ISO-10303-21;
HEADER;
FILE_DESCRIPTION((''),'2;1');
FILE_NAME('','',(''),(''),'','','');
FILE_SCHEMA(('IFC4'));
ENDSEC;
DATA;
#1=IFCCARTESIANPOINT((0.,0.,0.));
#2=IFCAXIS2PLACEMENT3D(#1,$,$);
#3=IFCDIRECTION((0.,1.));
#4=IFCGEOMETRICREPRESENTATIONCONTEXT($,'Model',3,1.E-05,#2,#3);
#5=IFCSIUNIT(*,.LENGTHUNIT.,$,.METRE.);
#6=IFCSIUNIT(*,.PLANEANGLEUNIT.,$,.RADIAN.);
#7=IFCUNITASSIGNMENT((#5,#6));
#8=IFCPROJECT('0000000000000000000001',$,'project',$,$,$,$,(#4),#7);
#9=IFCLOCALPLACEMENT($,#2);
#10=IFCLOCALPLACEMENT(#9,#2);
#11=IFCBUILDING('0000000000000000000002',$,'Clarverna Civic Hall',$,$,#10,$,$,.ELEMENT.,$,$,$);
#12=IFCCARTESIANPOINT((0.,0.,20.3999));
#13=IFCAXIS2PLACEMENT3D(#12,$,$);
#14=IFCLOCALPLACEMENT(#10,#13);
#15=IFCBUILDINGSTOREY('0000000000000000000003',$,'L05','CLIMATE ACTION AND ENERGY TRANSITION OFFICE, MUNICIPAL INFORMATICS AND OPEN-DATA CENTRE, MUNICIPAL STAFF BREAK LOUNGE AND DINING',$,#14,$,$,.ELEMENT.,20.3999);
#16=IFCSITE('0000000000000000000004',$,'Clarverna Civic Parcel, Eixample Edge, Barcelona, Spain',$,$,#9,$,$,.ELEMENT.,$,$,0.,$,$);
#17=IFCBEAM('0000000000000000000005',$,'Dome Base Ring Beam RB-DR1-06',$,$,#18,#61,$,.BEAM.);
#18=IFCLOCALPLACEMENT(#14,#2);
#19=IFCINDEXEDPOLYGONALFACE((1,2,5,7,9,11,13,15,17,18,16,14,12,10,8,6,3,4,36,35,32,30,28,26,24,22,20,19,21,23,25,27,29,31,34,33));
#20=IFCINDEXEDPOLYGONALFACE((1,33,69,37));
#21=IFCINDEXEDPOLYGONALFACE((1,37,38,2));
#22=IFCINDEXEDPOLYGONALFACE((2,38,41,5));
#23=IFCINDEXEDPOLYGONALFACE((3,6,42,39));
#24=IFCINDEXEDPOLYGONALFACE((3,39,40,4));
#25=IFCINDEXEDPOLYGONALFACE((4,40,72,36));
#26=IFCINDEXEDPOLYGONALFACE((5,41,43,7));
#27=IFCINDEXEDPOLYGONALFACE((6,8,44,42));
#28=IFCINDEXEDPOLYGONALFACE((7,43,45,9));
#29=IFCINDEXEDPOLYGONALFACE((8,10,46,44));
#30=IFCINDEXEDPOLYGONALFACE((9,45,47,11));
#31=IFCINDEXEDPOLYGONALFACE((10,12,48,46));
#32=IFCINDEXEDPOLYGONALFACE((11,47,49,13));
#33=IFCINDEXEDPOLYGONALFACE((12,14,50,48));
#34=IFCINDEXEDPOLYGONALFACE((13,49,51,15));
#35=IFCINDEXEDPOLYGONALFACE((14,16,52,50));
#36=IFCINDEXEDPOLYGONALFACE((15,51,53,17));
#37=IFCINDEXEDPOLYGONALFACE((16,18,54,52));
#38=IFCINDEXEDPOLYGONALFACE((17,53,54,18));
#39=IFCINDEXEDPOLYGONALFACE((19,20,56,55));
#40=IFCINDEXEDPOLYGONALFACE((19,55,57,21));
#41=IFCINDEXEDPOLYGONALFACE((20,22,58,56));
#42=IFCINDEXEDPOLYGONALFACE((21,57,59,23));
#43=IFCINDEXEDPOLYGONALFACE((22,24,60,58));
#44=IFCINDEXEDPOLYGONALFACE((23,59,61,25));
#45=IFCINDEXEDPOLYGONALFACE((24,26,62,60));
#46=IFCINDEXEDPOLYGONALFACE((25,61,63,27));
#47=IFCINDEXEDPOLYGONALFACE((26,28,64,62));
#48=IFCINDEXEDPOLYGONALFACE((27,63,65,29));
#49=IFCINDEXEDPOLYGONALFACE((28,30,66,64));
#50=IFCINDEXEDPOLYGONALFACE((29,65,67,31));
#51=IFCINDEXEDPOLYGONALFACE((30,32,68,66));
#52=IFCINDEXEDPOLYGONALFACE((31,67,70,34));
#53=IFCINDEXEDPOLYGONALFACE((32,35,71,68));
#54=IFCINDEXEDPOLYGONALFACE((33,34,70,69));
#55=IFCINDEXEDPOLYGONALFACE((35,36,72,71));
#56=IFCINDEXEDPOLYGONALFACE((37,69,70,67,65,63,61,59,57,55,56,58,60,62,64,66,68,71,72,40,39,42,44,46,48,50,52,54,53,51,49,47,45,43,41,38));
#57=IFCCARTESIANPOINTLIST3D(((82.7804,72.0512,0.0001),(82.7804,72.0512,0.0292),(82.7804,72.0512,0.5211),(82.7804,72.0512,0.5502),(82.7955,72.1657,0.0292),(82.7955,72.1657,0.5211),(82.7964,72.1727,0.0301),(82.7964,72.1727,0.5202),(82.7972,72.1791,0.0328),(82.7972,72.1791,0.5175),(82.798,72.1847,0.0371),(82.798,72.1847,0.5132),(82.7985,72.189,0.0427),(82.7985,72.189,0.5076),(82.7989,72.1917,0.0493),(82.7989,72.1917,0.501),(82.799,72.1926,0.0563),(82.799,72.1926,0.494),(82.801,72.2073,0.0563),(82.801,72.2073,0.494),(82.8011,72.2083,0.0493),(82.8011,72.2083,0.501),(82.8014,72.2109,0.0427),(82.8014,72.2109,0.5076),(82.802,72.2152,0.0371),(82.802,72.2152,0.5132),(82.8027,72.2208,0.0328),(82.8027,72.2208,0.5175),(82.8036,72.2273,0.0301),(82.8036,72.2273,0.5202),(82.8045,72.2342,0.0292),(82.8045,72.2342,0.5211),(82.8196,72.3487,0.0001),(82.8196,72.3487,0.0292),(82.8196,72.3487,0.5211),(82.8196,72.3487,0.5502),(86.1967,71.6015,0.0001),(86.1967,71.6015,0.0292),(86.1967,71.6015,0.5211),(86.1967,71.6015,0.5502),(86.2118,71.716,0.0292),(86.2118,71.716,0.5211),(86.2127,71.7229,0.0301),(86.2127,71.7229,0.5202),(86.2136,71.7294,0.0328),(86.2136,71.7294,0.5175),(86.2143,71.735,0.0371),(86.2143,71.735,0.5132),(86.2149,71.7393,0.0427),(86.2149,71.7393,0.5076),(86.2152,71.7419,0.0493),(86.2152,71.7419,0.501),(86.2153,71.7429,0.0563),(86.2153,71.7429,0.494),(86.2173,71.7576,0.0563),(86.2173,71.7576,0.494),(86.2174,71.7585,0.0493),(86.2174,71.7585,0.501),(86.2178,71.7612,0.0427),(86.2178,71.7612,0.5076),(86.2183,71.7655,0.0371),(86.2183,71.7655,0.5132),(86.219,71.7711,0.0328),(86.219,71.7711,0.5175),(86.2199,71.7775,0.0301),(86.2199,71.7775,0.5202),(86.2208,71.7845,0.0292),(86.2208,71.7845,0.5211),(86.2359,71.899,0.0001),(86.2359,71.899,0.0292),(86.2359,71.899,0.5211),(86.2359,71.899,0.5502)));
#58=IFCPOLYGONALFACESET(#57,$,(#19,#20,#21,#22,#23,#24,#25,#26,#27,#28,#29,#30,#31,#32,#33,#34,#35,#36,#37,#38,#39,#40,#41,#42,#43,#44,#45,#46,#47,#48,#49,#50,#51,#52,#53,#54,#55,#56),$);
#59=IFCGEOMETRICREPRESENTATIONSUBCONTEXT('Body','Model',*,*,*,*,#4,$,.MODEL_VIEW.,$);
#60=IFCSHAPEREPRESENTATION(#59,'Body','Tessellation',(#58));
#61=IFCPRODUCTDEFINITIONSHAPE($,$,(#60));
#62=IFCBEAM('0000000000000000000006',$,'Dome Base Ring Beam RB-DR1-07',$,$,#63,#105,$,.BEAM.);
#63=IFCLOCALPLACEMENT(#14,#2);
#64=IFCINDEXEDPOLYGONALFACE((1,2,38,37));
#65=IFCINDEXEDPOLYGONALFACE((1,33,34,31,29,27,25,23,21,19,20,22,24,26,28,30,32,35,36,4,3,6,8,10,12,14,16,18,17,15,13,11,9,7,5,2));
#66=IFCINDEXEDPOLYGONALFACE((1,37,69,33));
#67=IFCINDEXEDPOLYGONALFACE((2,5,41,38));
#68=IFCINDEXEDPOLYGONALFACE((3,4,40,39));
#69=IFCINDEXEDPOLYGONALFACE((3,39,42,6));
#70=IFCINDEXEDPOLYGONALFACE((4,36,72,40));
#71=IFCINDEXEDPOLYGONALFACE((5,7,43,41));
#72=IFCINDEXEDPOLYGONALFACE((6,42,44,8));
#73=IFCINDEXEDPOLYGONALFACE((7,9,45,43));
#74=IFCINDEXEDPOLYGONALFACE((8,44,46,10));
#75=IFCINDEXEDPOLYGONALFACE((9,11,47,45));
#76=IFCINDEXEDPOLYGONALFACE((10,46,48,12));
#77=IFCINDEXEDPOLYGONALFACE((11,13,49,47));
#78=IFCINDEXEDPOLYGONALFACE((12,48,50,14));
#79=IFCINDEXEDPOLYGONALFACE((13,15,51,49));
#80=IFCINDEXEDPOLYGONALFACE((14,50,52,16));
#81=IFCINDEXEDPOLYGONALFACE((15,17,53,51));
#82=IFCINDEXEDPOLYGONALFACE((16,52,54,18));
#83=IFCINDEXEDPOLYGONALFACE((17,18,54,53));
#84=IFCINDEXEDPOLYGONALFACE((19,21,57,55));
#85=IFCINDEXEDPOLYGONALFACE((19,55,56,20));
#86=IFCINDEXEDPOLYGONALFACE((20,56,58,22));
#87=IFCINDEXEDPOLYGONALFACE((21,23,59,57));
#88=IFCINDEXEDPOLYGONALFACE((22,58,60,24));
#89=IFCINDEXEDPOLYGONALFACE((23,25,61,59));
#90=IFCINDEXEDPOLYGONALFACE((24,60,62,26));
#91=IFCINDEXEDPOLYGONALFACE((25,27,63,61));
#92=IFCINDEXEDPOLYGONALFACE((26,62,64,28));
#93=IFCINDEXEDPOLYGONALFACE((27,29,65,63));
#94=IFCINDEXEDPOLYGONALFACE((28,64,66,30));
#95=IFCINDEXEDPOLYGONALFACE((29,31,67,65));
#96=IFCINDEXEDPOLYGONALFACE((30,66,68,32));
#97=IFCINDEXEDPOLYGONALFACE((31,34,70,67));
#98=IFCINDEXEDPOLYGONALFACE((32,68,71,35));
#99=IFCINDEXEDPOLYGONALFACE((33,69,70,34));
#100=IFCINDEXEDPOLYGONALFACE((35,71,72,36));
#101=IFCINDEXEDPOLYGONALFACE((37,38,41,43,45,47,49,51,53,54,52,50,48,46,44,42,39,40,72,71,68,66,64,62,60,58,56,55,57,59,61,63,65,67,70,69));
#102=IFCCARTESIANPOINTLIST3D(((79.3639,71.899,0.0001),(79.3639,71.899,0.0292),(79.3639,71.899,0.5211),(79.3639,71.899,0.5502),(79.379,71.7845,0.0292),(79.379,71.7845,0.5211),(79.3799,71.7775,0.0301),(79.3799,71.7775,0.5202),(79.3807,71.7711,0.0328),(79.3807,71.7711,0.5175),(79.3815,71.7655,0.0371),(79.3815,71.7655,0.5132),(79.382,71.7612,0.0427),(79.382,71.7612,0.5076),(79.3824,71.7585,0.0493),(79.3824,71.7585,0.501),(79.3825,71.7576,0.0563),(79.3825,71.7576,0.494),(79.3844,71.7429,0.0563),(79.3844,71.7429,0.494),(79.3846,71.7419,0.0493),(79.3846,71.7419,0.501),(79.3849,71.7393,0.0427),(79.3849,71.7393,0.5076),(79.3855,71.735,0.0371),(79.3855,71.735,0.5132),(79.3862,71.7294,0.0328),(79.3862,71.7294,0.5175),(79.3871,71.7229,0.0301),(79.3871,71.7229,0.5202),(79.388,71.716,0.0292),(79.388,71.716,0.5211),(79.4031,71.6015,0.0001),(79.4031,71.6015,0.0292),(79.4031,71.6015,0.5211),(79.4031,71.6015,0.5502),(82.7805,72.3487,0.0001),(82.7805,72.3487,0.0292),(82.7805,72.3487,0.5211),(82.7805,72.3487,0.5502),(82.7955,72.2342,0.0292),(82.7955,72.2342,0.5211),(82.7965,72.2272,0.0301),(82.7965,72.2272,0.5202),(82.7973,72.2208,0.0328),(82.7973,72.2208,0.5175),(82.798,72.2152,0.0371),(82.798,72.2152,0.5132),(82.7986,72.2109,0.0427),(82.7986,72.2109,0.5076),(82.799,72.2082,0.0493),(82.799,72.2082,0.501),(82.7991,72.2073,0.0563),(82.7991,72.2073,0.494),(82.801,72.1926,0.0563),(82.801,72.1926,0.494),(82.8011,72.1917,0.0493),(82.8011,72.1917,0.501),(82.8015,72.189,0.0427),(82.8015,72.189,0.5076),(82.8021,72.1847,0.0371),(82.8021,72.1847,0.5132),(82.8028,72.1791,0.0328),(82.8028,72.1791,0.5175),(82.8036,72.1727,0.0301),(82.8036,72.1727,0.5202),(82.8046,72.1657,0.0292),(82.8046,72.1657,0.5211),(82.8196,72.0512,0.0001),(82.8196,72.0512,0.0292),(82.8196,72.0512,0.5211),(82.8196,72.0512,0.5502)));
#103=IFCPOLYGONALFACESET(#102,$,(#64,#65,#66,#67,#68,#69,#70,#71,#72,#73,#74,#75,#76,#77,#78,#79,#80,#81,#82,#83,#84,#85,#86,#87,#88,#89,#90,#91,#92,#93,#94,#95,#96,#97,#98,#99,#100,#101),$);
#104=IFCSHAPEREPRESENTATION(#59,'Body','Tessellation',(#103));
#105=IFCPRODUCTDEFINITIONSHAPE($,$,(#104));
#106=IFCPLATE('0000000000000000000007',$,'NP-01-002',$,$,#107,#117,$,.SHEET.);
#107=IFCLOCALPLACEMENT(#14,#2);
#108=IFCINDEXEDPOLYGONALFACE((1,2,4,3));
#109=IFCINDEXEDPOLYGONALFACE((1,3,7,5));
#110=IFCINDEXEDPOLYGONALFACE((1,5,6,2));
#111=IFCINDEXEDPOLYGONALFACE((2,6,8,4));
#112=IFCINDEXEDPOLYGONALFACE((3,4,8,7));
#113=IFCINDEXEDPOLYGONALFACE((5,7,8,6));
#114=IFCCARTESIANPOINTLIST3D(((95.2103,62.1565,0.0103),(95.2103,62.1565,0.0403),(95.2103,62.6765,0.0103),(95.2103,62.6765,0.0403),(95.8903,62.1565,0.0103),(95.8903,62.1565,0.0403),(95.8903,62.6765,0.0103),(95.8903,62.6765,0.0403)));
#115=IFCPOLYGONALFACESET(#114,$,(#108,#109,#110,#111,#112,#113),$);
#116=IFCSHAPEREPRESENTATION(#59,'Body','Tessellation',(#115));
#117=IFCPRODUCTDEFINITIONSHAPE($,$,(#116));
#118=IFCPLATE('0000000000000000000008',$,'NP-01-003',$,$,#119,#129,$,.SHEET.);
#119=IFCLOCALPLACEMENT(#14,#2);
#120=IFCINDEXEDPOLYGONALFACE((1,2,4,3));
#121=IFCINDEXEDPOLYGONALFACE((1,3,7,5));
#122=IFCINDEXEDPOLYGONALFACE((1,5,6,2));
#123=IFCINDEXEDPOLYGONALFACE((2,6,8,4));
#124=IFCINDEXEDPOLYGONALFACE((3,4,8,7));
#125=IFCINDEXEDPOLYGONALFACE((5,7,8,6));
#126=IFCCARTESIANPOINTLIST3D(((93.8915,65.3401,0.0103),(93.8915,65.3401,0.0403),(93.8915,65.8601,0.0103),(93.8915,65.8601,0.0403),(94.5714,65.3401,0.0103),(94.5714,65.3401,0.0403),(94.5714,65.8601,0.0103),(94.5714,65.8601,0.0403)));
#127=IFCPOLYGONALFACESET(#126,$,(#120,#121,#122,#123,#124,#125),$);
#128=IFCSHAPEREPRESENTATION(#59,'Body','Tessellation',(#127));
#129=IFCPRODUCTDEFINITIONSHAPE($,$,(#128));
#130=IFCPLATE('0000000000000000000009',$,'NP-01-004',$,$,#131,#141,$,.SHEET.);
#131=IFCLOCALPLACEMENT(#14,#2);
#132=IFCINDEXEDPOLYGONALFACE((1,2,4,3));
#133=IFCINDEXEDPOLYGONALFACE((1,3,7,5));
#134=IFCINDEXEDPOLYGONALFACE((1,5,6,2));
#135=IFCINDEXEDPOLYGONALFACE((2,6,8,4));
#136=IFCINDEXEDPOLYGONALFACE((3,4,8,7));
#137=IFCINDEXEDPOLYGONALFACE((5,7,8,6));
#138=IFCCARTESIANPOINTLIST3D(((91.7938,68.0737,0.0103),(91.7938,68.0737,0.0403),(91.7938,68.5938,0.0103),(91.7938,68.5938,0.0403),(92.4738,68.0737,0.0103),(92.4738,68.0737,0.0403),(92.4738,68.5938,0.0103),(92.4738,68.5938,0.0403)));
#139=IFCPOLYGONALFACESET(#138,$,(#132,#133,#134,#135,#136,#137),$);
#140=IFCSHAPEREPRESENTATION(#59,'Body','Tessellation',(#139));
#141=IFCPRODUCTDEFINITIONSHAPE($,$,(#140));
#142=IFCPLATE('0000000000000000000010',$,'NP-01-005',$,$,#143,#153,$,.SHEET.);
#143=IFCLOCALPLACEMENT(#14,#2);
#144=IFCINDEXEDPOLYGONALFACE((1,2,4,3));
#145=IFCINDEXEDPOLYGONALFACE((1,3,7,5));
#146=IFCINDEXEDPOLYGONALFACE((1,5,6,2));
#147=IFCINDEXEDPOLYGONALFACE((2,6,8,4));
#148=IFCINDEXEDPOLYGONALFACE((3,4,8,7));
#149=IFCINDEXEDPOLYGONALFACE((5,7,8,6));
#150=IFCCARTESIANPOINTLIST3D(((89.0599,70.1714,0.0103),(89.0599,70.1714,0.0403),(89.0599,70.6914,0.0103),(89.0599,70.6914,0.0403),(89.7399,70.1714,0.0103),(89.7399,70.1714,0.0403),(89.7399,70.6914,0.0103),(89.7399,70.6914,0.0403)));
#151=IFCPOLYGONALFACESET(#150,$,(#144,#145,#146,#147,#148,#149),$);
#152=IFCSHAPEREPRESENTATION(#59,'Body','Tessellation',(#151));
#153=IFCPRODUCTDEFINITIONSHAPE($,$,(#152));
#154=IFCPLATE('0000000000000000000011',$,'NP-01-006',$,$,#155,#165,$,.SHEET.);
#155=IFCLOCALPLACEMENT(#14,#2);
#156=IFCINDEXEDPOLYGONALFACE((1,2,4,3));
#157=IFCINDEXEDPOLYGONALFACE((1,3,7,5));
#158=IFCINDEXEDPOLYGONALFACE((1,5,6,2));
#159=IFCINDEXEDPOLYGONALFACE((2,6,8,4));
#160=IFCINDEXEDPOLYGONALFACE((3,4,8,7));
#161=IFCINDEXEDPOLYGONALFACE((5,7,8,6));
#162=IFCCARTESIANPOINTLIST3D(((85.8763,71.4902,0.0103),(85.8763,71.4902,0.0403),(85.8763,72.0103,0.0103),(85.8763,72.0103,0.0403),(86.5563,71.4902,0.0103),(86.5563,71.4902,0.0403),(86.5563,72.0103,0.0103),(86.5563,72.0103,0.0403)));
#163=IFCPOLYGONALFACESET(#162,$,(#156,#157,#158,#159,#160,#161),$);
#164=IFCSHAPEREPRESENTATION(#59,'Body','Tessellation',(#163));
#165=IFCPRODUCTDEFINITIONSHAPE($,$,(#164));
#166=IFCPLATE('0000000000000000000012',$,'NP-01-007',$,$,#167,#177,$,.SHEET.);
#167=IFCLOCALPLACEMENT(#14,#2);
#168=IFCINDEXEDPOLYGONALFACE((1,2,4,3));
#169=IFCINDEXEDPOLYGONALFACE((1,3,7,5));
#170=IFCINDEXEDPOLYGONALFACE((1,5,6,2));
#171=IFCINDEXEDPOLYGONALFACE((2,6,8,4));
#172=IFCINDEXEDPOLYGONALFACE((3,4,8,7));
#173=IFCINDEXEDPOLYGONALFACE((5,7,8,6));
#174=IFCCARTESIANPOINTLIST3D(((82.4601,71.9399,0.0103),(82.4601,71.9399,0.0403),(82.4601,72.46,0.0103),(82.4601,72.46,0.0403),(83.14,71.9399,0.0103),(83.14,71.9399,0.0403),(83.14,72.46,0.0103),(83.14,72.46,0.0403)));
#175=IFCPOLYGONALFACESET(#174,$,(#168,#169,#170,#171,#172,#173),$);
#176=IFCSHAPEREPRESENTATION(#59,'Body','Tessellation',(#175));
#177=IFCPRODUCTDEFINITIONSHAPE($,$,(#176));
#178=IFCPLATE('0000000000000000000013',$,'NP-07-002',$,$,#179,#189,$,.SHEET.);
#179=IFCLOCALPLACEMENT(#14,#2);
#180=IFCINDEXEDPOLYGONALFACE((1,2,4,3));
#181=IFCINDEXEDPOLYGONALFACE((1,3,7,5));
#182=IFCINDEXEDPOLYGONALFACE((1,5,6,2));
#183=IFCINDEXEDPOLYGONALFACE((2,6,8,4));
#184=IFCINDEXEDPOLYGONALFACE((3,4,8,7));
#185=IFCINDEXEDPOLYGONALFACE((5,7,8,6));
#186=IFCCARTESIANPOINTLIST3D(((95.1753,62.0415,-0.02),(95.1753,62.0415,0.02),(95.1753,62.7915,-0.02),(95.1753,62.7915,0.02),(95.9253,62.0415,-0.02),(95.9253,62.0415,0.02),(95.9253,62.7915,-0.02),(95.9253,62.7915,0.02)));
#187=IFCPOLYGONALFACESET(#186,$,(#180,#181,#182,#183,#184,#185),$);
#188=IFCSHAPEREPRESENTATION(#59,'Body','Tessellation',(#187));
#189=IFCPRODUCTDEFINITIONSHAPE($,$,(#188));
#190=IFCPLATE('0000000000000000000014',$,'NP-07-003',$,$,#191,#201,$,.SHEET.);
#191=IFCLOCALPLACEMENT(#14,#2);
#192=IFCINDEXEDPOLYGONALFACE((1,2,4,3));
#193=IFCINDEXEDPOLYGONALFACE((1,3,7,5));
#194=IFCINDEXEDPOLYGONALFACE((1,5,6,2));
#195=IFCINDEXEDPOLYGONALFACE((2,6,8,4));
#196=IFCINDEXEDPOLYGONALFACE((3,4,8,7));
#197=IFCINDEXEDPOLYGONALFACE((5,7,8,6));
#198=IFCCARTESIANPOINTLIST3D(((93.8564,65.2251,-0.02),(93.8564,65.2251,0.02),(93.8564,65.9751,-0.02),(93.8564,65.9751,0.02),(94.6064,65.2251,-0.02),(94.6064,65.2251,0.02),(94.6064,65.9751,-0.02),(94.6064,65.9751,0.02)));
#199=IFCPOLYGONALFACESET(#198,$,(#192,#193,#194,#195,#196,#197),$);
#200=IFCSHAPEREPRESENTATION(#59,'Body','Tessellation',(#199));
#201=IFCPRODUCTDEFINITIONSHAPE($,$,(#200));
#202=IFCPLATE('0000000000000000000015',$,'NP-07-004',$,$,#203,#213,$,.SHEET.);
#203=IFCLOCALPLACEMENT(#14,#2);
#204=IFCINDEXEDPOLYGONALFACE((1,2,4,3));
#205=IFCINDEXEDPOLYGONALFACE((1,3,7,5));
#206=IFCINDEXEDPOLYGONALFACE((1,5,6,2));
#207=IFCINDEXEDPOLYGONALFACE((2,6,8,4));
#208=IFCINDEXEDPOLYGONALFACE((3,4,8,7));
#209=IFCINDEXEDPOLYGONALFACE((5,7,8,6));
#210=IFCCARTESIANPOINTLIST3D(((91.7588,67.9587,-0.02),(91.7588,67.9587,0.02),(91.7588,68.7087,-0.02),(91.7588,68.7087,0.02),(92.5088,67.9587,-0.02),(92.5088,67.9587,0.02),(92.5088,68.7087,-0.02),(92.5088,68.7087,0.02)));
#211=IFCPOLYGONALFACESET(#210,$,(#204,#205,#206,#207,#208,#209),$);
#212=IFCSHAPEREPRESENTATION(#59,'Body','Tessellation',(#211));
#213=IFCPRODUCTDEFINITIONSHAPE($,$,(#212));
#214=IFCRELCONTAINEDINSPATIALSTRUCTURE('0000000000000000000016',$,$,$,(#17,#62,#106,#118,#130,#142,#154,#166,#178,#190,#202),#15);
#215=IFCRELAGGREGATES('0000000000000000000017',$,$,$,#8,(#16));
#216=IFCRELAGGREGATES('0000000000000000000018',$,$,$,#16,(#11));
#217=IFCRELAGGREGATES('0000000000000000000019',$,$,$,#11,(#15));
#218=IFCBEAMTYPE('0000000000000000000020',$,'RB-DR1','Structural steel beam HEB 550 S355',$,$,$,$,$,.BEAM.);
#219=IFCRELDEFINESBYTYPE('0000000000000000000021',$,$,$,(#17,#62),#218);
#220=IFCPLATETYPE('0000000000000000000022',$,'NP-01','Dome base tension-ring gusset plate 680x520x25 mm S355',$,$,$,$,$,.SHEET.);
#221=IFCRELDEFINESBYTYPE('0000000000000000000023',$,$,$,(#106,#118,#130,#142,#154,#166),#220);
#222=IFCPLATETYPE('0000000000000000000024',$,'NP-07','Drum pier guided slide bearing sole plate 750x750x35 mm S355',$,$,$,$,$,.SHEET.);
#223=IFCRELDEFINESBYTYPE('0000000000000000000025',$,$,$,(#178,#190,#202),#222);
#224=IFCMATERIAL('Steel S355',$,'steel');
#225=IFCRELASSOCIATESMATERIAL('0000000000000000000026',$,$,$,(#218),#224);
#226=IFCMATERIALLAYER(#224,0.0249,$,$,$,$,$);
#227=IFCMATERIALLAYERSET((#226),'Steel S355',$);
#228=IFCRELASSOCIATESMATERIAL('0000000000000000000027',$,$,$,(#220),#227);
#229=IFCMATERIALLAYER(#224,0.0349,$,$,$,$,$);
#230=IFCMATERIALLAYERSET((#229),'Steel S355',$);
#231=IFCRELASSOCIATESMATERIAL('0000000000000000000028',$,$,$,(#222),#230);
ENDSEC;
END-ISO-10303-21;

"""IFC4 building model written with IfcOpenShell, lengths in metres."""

from ifc_helpers import new_model, si_unit, direction, frame, origin, origin_2d, place, context, subcontext, project, spatial, rectangle, i_section, extrude, material, layer, layer_set, material_profile, profile_set, type_object, element, save


model = new_model("IFC4")

# Units and contexts
model_context = context("Model", 3, precision=1e-05, world=origin(), true_north=direction((0.0, 1.0)))
body_context = subcontext(model_context, "Body", "Model", "MODEL_VIEW")
ifc_project = project(units=[si_unit("LENGTHUNIT", "METRE"), si_unit("PLANEANGLEUNIT", "RADIAN")], contexts=[model_context])

# Site, building, storey
site_placement = place(None, origin())
site = spatial("IfcSite", under=ifc_project, at=site_placement, Name="Clarverna Civic Parcel, Eixample Edge, Barcelona, Spain", CompositionType="ELEMENT", RefElevation=0.0)
building_placement = place(site_placement, origin())
building = spatial("IfcBuilding", under=site, at=building_placement, Name="Clarverna Civic Hall", CompositionType="ELEMENT")
storey_placement = place(building_placement, frame((0.0, 0.0, 20.3999)))
storey = spatial("IfcBuildingStorey", under=building, at=storey_placement, Name="L05", Description="CLIMATE ACTION AND ENERGY TRANSITION OFFICE, MUNICIPAL INFORMATICS AND OPEN-DATA CENTRE, MUNICIPAL STAFF BREAK LOUNGE AND DINING", CompositionType="ELEMENT", Elevation=20.3999)

# Beams
ifc_material_1 = material(Name="Steel S355", Category="steel")
ifc_material_profile = material_profile(ifc_material_1, i_section(OverallWidth=0.3, OverallDepth=0.55, WebThickness=0.0149, FlangeThickness=0.0291, FilletRadius=0.0271, at=origin_2d()), Name="HEB 550")
ifc_profile_set = profile_set([ifc_material_profile], Name="Steel S355")
beam_type = type_object("IfcBeamType", Name="RB-DR1", Description="Structural steel beam HEB 550 S355", PredefinedType="BEAM", material=ifc_profile_set)
beam_1_placement = place(storey_placement, frame((86.2163, 71.7502, 0.2751), z_axis=(-0.991447, 0.130511, 0.0), x_axis=(-0.130511, -0.991447, 0.0)))
element("IfcBeam", 1, at=beam_1_placement, inside=storey, type_object=beam_type, Name="Dome Base Ring Beam RB-DR1-06", PredefinedType="BEAM", context=body_context, shape_type="SweptSolid", body=[
    extrude(i_section(OverallWidth=0.3, OverallDepth=0.55, WebThickness=0.0149, FlangeThickness=0.0291, FilletRadius=0.0271, at=origin_2d()), origin(), (0.0, 0.0, 1.0), 3.4458),
])
beam_2_placement = place(storey_placement, frame((82.8, 72.2, 0.2751), z_axis=(-0.991448, -0.130502, 0.0), x_axis=(0.130502, -0.991448, 0.0)))
element("IfcBeam", 2, at=beam_2_placement, inside=storey, type_object=beam_type, Name="Dome Base Ring Beam RB-DR1-07", PredefinedType="BEAM", context=body_context, shape_type="SweptSolid", body=[
    extrude(i_section(OverallWidth=0.3, OverallDepth=0.55, WebThickness=0.0149, FlangeThickness=0.0291, FilletRadius=0.0271, at=origin_2d()), origin(), (0.0, 0.0, 1.0), 3.446),
])

# Plates
ifc_layer_1 = layer(ifc_material_1, 0.0249)
ifc_layer_set_1 = layer_set([ifc_layer_1], Name="Steel S355")
plate_type_1 = type_object("IfcPlateType", Name="NP-01", Description="Dome base tension-ring gusset plate 680x520x25 mm S355", PredefinedType="SHEET", material=ifc_layer_set_1)
for number, where, z_axis, x_axis, name in (
    (3, (95.5503, 62.4165, 0.0103), (0.0, 0.0, 1.0), (1.0, 0.0, 0.0), "NP-01-002"),
    (4, (94.2314, 65.6001, 0.0103), (0.0, 0.0, 1.0), (1.0, 0.0, 0.0), "NP-01-003"),
    (5, (92.1338, 68.3337, 0.0103), (0.0, 0.0, 1.0), (1.0, 0.0, 0.0), "NP-01-004"),
    (6, (89.3999, 70.4314, 0.0103), (0.0, 0.0, 1.0), (1.0, 0.0, 0.0), "NP-01-005"),
    (7, (86.2163, 71.7502, 0.0103), (0.0, 0.0, 1.0), (1.0, 0.0, 0.0), "NP-01-006"),
    (8, (82.8, 72.2, 0.0103), (0.0, 0.0, 1.0), (1.0, 0.0, 0.0), "NP-01-007"),
):
    element("IfcPlate", number, at=place(storey_placement, frame(where, z_axis=z_axis, x_axis=x_axis)), inside=storey, type_object=plate_type_1, Name=name, PredefinedType="SHEET", context=body_context, shape_type="SweptSolid", body=[
        extrude(rectangle(XDim=0.6799, YDim=0.52, at=origin_2d()), origin(), (0.0, 0.0, 1.0), 0.03),
    ])
ifc_layer_2 = layer(ifc_material_1, 0.0349)
ifc_layer_set_2 = layer_set([ifc_layer_2], Name="Steel S355")
plate_type_2 = type_object("IfcPlateType", Name="NP-07", Description="Drum pier guided slide bearing sole plate 750x750x35 mm S355", PredefinedType="SHEET", material=ifc_layer_set_2)
for number, where, z_axis, x_axis, name in (
    (9, (95.5503, 62.4165, -0.02), (0.0, 0.0, 1.0), (1.0, 0.0, 0.0), "NP-07-002"),
    (10, (94.2314, 65.6001, -0.02), (0.0, 0.0, 1.0), (1.0, 0.0, 0.0), "NP-07-003"),
    (11, (92.1338, 68.3337, -0.02), (0.0, 0.0, 1.0), (1.0, 0.0, 0.0), "NP-07-004"),
):
    element("IfcPlate", number, at=place(storey_placement, frame(where, z_axis=z_axis, x_axis=x_axis)), inside=storey, type_object=plate_type_2, Name=name, PredefinedType="SHEET", context=body_context, shape_type="SweptSolid", body=[
        extrude(rectangle(XDim=0.75, YDim=0.75, at=origin_2d()), origin(), (0.0, 0.0, 1.0), 0.04),
    ])

save(model, "model.ifc")
